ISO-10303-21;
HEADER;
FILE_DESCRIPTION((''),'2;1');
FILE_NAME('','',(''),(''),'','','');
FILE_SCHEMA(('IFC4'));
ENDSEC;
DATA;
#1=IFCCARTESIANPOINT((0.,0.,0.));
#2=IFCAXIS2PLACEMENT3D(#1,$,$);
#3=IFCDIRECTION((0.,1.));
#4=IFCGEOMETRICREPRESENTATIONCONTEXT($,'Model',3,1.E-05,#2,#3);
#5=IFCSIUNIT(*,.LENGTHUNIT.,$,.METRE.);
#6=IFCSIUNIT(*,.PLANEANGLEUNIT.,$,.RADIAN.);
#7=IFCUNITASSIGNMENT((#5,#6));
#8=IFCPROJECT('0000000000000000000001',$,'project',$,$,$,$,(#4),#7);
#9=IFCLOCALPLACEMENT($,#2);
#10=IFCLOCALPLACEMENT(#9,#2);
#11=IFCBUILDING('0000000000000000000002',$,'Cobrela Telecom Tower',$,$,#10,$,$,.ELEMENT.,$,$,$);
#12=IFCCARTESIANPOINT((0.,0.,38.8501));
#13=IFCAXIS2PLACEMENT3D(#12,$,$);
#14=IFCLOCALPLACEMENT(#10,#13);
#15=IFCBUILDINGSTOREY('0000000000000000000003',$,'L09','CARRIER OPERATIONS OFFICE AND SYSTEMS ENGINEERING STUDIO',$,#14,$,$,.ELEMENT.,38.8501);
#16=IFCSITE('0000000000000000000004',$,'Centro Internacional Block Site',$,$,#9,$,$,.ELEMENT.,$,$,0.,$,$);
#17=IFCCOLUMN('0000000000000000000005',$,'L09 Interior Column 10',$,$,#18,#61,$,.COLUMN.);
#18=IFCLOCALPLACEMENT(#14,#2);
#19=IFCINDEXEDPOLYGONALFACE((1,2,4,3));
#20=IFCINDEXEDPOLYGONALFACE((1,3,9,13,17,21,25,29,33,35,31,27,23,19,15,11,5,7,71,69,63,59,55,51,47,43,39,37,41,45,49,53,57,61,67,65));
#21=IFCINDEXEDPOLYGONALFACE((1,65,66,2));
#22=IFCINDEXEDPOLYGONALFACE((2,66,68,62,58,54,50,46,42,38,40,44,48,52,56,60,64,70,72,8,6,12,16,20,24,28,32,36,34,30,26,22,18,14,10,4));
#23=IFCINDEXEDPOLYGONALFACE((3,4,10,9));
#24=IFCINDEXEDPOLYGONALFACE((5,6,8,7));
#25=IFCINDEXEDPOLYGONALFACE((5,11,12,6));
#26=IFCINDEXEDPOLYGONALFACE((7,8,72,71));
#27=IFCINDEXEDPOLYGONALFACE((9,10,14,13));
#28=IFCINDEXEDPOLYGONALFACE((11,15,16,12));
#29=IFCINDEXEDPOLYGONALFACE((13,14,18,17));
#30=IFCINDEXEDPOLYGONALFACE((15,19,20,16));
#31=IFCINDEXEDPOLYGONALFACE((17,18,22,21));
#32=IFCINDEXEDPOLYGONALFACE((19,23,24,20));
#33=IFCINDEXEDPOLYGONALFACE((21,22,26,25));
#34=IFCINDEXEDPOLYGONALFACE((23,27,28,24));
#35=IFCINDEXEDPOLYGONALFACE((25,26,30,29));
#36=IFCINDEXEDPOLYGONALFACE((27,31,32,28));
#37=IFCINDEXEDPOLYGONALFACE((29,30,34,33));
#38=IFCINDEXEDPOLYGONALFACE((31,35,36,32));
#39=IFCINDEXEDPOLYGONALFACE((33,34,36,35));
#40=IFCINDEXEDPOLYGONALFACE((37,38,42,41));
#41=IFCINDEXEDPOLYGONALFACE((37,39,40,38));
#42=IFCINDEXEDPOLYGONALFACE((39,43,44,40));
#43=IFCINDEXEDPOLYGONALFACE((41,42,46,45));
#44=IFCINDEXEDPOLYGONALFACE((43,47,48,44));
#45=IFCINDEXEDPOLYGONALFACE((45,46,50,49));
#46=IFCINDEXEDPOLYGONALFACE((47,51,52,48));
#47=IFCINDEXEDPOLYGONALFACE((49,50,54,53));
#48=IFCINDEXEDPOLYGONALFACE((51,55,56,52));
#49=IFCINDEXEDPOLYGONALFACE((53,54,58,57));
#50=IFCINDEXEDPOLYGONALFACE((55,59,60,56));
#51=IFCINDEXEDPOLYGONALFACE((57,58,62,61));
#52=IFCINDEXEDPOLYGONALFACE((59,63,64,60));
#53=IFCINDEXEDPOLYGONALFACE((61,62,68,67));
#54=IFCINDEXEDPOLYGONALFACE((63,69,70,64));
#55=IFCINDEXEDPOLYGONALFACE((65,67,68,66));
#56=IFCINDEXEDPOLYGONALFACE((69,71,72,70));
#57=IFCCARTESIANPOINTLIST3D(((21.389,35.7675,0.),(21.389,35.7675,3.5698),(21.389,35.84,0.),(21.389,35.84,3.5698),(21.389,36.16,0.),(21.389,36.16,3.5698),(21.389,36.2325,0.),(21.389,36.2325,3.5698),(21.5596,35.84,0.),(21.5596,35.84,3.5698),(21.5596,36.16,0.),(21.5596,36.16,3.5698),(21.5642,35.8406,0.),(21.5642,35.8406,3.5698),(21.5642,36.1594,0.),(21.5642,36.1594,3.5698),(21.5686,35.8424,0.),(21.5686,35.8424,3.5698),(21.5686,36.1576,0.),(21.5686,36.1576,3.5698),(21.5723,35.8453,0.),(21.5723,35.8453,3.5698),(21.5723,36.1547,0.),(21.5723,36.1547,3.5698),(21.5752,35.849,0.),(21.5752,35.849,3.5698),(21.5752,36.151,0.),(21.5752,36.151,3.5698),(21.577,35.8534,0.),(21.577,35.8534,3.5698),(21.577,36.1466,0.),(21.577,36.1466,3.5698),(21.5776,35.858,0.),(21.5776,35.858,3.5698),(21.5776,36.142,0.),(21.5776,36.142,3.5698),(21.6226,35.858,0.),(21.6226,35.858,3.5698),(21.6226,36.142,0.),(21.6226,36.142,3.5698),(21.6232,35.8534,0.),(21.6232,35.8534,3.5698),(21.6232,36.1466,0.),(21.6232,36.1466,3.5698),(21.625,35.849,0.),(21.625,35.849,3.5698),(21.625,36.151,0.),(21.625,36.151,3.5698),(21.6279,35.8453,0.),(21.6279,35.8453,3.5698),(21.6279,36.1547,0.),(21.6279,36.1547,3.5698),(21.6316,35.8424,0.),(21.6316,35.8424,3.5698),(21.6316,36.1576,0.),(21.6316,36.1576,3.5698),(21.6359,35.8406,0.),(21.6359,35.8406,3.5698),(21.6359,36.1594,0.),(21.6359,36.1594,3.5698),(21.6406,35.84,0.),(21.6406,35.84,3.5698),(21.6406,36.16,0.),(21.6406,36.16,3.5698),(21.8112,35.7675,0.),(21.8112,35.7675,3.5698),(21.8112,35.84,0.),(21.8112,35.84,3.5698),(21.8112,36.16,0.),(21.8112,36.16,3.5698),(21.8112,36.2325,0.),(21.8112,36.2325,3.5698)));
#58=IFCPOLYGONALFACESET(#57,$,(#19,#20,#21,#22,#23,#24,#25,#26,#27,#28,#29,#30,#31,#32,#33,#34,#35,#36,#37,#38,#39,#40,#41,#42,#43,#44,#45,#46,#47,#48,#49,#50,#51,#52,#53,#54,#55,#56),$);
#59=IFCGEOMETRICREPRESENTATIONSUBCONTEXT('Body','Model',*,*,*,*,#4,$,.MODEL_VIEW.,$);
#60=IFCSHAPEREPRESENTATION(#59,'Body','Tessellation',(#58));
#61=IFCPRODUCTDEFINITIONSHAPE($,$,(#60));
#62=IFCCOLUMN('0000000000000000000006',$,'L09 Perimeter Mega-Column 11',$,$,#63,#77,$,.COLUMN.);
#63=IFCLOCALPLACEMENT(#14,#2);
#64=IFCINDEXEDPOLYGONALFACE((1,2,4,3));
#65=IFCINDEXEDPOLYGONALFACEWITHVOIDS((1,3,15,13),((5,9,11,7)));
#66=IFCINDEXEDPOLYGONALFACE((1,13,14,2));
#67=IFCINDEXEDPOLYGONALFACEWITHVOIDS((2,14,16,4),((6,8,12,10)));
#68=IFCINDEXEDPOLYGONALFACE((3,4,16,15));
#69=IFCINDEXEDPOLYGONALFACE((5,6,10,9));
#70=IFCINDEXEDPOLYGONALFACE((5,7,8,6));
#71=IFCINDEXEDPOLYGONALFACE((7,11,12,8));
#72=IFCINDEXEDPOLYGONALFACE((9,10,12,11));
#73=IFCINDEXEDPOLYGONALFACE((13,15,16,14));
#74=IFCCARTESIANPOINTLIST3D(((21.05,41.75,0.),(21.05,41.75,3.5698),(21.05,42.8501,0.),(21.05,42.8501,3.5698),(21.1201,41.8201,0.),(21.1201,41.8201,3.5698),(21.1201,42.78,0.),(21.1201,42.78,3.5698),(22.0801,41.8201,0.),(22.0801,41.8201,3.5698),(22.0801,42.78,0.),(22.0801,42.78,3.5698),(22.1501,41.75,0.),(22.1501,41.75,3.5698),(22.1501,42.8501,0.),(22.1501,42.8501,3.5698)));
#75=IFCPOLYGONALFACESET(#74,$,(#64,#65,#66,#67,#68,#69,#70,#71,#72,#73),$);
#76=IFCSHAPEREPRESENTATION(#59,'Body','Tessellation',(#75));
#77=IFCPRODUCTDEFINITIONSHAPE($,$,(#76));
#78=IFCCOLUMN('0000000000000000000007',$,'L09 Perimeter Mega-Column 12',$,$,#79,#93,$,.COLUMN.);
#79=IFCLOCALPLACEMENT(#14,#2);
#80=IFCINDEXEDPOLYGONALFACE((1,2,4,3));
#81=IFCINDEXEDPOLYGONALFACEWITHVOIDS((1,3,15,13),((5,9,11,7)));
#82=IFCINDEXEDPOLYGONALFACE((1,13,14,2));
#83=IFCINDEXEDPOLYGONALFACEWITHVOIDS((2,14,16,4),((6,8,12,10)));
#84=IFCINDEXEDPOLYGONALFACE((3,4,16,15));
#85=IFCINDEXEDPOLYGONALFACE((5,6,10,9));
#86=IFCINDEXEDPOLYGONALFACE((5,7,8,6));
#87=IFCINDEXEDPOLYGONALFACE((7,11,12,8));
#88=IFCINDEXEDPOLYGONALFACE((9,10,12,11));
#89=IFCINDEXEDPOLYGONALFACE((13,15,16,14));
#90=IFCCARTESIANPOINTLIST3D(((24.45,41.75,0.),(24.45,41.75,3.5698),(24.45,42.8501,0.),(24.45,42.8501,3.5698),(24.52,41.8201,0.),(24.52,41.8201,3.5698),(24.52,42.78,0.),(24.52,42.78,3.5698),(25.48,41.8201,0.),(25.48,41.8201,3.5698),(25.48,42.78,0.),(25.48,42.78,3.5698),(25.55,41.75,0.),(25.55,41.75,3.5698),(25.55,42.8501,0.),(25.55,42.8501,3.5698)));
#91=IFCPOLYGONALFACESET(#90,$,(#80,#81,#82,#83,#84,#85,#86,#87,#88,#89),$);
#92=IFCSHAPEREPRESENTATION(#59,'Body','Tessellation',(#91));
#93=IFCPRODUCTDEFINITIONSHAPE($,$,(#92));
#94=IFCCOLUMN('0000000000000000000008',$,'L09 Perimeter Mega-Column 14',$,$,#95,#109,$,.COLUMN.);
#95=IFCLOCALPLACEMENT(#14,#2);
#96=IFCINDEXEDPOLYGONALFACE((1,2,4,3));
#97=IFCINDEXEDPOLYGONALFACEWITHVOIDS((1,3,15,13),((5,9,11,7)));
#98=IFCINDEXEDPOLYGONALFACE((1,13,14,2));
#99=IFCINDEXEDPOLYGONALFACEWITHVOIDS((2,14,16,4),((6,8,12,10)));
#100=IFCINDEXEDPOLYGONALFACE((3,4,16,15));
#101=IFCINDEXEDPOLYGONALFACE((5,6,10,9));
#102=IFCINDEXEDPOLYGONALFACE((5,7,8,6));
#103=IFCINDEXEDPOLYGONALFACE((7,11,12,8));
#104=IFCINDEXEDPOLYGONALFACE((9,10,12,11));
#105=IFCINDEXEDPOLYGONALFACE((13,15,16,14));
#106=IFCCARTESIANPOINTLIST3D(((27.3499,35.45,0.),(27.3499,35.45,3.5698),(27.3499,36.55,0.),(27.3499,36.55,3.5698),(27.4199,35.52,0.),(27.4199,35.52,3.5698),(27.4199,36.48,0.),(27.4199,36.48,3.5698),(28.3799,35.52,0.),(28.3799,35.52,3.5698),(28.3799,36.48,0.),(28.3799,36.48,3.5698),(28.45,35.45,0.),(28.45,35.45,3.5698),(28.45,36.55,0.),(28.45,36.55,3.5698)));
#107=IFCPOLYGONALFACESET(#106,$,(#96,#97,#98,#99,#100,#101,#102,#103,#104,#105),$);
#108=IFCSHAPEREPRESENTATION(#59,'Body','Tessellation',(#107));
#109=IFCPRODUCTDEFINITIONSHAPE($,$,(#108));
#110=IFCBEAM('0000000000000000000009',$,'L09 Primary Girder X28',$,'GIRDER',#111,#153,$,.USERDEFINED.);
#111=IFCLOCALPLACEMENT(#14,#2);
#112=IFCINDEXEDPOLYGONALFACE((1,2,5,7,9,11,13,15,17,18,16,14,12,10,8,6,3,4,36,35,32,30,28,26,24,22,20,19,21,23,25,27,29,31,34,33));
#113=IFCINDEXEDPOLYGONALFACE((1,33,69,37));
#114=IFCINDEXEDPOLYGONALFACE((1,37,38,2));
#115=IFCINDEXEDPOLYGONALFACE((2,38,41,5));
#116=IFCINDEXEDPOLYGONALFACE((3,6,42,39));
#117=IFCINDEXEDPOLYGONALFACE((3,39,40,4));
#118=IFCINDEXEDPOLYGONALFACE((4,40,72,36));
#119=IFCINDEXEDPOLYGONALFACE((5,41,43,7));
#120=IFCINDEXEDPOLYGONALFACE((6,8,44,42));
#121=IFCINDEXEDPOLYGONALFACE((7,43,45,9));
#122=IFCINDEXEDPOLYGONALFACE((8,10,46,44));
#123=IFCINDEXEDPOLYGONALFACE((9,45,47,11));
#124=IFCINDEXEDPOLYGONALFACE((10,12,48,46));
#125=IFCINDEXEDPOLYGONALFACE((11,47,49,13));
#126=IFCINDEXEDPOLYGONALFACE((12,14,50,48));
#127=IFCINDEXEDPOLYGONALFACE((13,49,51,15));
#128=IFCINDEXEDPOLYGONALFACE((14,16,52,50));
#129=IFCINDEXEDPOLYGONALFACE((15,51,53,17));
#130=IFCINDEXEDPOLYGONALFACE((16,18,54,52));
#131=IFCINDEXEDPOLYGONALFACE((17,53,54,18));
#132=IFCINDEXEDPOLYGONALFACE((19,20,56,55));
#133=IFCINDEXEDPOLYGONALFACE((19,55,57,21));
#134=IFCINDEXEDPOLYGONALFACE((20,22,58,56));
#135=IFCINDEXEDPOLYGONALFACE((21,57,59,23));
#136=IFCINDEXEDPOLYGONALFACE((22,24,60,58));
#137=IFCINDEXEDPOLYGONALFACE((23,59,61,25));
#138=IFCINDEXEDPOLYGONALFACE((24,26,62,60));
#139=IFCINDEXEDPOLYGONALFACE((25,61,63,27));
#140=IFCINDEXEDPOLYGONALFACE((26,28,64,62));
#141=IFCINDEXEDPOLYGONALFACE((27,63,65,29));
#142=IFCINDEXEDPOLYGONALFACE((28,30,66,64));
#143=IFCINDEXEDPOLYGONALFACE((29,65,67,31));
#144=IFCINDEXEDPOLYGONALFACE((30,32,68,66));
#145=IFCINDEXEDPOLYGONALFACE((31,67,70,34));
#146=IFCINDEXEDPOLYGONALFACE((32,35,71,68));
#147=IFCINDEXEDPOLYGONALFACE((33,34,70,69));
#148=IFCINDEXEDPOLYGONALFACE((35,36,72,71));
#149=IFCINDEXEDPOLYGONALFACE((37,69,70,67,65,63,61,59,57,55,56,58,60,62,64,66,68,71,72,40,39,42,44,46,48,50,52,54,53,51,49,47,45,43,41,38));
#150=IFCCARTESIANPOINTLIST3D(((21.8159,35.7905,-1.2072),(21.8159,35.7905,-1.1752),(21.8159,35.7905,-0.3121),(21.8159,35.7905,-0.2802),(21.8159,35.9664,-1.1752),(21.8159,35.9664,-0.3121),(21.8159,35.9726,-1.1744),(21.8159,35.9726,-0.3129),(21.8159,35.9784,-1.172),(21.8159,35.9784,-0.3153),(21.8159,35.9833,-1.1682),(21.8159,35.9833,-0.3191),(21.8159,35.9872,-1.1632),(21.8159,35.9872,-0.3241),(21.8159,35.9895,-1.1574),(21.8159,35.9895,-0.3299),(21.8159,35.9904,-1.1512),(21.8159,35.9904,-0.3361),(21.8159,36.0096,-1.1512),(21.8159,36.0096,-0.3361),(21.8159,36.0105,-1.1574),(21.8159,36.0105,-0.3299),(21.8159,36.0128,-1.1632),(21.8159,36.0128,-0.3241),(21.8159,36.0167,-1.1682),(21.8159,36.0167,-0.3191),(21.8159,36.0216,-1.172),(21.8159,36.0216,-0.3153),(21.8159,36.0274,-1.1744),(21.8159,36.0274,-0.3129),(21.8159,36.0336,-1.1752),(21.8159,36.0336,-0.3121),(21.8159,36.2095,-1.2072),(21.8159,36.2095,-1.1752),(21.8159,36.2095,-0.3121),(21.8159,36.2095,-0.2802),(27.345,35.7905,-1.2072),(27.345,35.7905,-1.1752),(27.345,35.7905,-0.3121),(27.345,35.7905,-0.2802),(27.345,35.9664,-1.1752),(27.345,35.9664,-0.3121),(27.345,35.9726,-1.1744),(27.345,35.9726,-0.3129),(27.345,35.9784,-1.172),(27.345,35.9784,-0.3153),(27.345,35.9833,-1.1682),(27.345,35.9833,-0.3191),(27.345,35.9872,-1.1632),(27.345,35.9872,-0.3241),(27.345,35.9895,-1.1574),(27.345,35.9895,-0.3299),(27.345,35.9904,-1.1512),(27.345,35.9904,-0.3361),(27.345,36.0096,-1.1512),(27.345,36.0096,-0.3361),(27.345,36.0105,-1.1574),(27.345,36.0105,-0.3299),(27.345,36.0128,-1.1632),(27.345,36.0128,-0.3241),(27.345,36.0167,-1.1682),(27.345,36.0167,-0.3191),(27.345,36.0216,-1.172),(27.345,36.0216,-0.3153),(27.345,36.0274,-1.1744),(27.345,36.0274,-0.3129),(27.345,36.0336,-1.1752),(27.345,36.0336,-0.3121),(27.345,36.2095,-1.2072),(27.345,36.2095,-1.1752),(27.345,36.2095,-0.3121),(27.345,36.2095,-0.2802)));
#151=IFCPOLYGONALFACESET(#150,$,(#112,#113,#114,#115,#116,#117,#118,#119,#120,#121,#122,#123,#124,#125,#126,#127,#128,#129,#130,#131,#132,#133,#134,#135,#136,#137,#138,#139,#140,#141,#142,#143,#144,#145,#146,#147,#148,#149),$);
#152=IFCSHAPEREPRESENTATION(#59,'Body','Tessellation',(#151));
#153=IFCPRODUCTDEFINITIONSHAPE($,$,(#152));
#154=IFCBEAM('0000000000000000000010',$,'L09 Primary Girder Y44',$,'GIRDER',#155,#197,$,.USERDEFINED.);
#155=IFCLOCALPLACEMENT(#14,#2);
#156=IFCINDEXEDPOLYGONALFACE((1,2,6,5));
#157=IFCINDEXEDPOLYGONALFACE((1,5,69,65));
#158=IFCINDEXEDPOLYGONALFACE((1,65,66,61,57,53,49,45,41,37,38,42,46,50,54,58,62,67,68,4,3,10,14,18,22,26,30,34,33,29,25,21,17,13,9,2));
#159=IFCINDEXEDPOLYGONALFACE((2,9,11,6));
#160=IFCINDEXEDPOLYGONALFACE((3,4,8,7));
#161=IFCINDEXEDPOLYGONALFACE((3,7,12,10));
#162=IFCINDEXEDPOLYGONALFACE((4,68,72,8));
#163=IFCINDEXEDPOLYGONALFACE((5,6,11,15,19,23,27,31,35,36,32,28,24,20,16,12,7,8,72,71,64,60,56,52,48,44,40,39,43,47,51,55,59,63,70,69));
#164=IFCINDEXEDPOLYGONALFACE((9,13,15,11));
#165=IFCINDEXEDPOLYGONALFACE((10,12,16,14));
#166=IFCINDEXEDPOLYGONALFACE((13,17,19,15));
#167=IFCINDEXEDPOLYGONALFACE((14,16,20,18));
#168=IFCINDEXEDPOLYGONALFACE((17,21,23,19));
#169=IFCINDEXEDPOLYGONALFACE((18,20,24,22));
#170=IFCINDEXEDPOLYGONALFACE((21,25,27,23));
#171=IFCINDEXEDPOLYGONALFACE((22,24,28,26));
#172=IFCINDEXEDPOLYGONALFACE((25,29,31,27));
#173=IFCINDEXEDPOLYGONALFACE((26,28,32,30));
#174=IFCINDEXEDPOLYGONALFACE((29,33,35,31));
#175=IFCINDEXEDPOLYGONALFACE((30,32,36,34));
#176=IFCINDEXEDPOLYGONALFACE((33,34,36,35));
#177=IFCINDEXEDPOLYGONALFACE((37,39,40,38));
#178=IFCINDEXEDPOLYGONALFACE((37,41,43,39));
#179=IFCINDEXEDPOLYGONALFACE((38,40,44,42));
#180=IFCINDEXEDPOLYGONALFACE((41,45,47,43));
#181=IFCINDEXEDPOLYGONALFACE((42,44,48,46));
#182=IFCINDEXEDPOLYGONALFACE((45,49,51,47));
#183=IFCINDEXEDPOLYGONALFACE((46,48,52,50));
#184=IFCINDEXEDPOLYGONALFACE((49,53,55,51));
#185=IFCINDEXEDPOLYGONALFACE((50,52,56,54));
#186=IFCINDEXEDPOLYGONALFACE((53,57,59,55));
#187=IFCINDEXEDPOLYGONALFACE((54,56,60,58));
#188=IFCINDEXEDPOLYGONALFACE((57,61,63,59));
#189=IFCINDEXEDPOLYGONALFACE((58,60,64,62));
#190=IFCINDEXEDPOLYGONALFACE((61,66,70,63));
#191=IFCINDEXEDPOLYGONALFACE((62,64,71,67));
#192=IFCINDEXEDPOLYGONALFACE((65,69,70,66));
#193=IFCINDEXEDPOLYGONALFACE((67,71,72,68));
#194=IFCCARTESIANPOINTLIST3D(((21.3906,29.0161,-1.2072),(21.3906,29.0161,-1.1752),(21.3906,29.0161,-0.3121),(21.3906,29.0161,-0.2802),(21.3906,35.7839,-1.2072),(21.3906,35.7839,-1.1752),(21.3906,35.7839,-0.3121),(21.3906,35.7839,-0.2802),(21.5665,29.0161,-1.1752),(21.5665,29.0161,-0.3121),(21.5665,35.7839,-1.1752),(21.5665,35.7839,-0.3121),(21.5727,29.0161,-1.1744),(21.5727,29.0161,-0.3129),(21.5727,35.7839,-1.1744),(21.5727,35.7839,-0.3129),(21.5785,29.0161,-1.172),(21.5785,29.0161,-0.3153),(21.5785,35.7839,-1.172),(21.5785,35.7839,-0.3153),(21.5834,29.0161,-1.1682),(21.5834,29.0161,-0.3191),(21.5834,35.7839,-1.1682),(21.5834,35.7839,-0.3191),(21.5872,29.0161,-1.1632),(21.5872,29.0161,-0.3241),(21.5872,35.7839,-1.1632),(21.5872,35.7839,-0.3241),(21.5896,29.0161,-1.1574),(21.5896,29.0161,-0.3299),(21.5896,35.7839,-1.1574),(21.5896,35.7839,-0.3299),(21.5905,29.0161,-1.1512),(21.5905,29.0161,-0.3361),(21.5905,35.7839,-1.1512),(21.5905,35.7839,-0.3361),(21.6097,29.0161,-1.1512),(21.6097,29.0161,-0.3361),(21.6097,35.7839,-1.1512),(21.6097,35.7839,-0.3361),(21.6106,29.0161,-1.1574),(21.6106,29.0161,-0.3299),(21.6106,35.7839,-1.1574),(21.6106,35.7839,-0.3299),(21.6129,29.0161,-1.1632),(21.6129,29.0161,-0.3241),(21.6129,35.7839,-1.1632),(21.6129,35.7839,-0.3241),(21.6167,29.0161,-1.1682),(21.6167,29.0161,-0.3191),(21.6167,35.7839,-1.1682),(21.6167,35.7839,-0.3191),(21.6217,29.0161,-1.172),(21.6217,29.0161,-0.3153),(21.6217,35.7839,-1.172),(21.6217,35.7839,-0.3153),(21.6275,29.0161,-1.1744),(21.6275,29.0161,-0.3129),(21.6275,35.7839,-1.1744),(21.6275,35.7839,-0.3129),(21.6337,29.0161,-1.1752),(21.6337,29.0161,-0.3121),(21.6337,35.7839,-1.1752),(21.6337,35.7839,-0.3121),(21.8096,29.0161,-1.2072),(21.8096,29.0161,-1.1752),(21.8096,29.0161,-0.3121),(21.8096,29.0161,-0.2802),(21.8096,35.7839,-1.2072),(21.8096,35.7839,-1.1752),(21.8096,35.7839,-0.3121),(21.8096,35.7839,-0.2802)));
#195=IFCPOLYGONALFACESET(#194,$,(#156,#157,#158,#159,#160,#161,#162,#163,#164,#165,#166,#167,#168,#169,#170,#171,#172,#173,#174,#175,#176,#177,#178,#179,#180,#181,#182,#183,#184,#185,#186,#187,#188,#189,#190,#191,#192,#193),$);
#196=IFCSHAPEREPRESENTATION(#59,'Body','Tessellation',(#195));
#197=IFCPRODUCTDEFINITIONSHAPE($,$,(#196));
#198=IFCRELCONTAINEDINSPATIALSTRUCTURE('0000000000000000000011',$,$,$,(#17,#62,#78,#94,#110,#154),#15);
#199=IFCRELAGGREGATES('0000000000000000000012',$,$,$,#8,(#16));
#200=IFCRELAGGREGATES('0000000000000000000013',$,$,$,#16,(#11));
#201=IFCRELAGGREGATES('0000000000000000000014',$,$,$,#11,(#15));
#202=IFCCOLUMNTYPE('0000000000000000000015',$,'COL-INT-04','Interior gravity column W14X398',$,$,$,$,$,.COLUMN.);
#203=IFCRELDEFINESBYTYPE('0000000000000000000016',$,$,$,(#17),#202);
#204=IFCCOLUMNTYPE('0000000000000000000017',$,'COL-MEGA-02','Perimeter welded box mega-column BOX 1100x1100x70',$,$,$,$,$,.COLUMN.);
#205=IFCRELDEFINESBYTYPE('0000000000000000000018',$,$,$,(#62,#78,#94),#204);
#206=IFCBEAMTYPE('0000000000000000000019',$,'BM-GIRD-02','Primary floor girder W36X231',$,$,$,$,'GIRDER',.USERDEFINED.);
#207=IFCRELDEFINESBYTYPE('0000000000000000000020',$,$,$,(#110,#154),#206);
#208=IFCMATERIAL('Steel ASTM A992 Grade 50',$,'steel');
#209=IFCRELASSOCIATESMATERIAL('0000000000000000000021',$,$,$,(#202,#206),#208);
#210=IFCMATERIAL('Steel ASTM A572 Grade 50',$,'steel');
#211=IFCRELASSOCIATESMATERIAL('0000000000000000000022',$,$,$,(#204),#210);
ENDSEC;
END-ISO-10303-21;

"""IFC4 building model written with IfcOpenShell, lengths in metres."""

from ifc_helpers import new_model, si_unit, direction, frame, origin, origin_2d, place, context, subcontext, project, spatial, hollow_rectangle, i_section, extrude, material, material_profile, profile_set, type_object, element, save


model = new_model("IFC4")

# Units and contexts
model_context = context("Model", 3, precision=1e-05, world=origin(), true_north=direction((0.0, 1.0)))
body_context = subcontext(model_context, "Body", "Model", "MODEL_VIEW")
ifc_project = project(units=[si_unit("LENGTHUNIT", "METRE"), si_unit("PLANEANGLEUNIT", "RADIAN")], contexts=[model_context])

# Site, building, storey
site_placement = place(None, origin())
site = spatial("IfcSite", under=ifc_project, at=site_placement, Name="Centro Internacional Block Site", CompositionType="ELEMENT", RefElevation=0.0)
building_placement = place(site_placement, origin())
building = spatial("IfcBuilding", under=site, at=building_placement, Name="Cobrela Telecom Tower", CompositionType="ELEMENT")
storey_placement = place(building_placement, frame((0.0, 0.0, 38.8501)))
storey = spatial("IfcBuildingStorey", under=building, at=storey_placement, Name="L09", Description="CARRIER OPERATIONS OFFICE AND SYSTEMS ENGINEERING STUDIO", CompositionType="ELEMENT", Elevation=38.8501)

# Columns
ifc_material_1 = material(Name="Steel ASTM A992 Grade 50", Category="steel")
ifc_material_profile_1 = material_profile(ifc_material_1, i_section(OverallWidth=0.4221, OverallDepth=0.4651, WebThickness=0.0449, FlangeThickness=0.0725, FilletRadius=0.0181, at=origin_2d()), Name="W14X398")
ifc_profile_set_1 = profile_set([ifc_material_profile_1], Name="Steel ASTM A992 Grade 50")
column_type_1 = type_object("IfcColumnType", Name="COL-INT-04", Description="Interior gravity column W14X398", PredefinedType="COLUMN", material=ifc_profile_set_1)
column_placement = place(storey_placement, frame((21.6001, 36.0, 0.0), z_axis=(0.0, 0.0, 1.0), x_axis=(1.0, 0.0, 0.0)))
element("IfcColumn", 1, at=column_placement, inside=storey, type_object=column_type_1, Name="L09 Interior Column 10", PredefinedType="COLUMN", context=body_context, shape_type="SweptSolid", body=[
    extrude(i_section(OverallWidth=0.4221, OverallDepth=0.4651, WebThickness=0.0449, FlangeThickness=0.0725, FilletRadius=0.0181, at=origin_2d()), origin(), (0.0, 0.0, 1.0), 3.5698),
])
ifc_material_2 = material(Name="Steel ASTM A572 Grade 50", Category="steel")
ifc_material_profile_2 = material_profile(ifc_material_2, hollow_rectangle(XDim=1.1001, YDim=1.1001, WallThickness=0.0701, at=origin_2d()), Name="BOX 1100x1100x70")
ifc_profile_set_2 = profile_set([ifc_material_profile_2], Name="Steel ASTM A572 Grade 50")
column_type_2 = type_object("IfcColumnType", Name="COL-MEGA-02", Description="Perimeter welded box mega-column BOX 1100x1100x70", PredefinedType="COLUMN", material=ifc_profile_set_2)
for number, where, z_axis, x_axis, name in (
    (2, (21.6001, 42.3, 0.0), (0.0, 0.0, 1.0), (1.0, 0.0, 0.0), "L09 Perimeter Mega-Column 11"),
    (3, (25.0, 42.3, 0.0), (0.0, 0.0, 1.0), (1.0, 0.0, 0.0), "L09 Perimeter Mega-Column 12"),
    (4, (27.8999, 36.0, 0.0), (0.0, 0.0, 1.0), (1.0, 0.0, 0.0), "L09 Perimeter Mega-Column 14"),
):
    element("IfcColumn", number, at=place(storey_placement, frame(where, z_axis=z_axis, x_axis=x_axis)), inside=storey, type_object=column_type_2, Name=name, PredefinedType="COLUMN", context=body_context, shape_type="SweptSolid", body=[
        extrude(hollow_rectangle(XDim=1.1001, YDim=1.1001, WallThickness=0.0701, at=origin_2d()), origin(), (0.0, 0.0, 1.0), 3.5698),
    ])

# Beams
ifc_material_profile_3 = material_profile(ifc_material_1, i_section(OverallWidth=0.4189, OverallDepth=0.927, WebThickness=0.0193, FlangeThickness=0.032, FilletRadius=0.0239, at=origin_2d()), Name="W36X231")
ifc_profile_set_3 = profile_set([ifc_material_profile_3], Name="Steel ASTM A992 Grade 50")
beam_type_1 = type_object("IfcBeamType", Name="BM-GIRD-02", Description="Primary floor girder W36X231", ElementType="GIRDER", PredefinedType="USERDEFINED", material=ifc_profile_set_3)
beam_1_placement = place(storey_placement, frame((21.8159, 36.0, -0.7437), z_axis=(1.0, 0.0, 0.0), x_axis=(0.0, 1.0, 0.0)))
element("IfcBeam", 5, at=beam_1_placement, inside=storey, type_object=beam_type_1, Name="L09 Primary Girder X28", ObjectType="GIRDER", PredefinedType="USERDEFINED", context=body_context, shape_type="SweptSolid", body=[
    extrude(i_section(OverallWidth=0.4189, OverallDepth=0.927, WebThickness=0.0193, FlangeThickness=0.032, FilletRadius=0.0239, at=origin_2d()), origin(), (0.0, 0.0, 1.0), 5.5291),
])
beam_2_placement = place(storey_placement, frame((21.6001, 29.0161, -0.7437), z_axis=(0.0, 1.0, 0.0), x_axis=(-1.0, 0.0, 0.0)))
element("IfcBeam", 6, at=beam_2_placement, inside=storey, type_object=beam_type_1, Name="L09 Primary Girder Y44", ObjectType="GIRDER", PredefinedType="USERDEFINED", context=body_context, shape_type="SweptSolid", body=[
    extrude(i_section(OverallWidth=0.4189, OverallDepth=0.927, WebThickness=0.0193, FlangeThickness=0.032, FilletRadius=0.0239, at=origin_2d()), origin(), (0.0, 0.0, 1.0), 6.7678),
])

save(model, "model.ifc")
